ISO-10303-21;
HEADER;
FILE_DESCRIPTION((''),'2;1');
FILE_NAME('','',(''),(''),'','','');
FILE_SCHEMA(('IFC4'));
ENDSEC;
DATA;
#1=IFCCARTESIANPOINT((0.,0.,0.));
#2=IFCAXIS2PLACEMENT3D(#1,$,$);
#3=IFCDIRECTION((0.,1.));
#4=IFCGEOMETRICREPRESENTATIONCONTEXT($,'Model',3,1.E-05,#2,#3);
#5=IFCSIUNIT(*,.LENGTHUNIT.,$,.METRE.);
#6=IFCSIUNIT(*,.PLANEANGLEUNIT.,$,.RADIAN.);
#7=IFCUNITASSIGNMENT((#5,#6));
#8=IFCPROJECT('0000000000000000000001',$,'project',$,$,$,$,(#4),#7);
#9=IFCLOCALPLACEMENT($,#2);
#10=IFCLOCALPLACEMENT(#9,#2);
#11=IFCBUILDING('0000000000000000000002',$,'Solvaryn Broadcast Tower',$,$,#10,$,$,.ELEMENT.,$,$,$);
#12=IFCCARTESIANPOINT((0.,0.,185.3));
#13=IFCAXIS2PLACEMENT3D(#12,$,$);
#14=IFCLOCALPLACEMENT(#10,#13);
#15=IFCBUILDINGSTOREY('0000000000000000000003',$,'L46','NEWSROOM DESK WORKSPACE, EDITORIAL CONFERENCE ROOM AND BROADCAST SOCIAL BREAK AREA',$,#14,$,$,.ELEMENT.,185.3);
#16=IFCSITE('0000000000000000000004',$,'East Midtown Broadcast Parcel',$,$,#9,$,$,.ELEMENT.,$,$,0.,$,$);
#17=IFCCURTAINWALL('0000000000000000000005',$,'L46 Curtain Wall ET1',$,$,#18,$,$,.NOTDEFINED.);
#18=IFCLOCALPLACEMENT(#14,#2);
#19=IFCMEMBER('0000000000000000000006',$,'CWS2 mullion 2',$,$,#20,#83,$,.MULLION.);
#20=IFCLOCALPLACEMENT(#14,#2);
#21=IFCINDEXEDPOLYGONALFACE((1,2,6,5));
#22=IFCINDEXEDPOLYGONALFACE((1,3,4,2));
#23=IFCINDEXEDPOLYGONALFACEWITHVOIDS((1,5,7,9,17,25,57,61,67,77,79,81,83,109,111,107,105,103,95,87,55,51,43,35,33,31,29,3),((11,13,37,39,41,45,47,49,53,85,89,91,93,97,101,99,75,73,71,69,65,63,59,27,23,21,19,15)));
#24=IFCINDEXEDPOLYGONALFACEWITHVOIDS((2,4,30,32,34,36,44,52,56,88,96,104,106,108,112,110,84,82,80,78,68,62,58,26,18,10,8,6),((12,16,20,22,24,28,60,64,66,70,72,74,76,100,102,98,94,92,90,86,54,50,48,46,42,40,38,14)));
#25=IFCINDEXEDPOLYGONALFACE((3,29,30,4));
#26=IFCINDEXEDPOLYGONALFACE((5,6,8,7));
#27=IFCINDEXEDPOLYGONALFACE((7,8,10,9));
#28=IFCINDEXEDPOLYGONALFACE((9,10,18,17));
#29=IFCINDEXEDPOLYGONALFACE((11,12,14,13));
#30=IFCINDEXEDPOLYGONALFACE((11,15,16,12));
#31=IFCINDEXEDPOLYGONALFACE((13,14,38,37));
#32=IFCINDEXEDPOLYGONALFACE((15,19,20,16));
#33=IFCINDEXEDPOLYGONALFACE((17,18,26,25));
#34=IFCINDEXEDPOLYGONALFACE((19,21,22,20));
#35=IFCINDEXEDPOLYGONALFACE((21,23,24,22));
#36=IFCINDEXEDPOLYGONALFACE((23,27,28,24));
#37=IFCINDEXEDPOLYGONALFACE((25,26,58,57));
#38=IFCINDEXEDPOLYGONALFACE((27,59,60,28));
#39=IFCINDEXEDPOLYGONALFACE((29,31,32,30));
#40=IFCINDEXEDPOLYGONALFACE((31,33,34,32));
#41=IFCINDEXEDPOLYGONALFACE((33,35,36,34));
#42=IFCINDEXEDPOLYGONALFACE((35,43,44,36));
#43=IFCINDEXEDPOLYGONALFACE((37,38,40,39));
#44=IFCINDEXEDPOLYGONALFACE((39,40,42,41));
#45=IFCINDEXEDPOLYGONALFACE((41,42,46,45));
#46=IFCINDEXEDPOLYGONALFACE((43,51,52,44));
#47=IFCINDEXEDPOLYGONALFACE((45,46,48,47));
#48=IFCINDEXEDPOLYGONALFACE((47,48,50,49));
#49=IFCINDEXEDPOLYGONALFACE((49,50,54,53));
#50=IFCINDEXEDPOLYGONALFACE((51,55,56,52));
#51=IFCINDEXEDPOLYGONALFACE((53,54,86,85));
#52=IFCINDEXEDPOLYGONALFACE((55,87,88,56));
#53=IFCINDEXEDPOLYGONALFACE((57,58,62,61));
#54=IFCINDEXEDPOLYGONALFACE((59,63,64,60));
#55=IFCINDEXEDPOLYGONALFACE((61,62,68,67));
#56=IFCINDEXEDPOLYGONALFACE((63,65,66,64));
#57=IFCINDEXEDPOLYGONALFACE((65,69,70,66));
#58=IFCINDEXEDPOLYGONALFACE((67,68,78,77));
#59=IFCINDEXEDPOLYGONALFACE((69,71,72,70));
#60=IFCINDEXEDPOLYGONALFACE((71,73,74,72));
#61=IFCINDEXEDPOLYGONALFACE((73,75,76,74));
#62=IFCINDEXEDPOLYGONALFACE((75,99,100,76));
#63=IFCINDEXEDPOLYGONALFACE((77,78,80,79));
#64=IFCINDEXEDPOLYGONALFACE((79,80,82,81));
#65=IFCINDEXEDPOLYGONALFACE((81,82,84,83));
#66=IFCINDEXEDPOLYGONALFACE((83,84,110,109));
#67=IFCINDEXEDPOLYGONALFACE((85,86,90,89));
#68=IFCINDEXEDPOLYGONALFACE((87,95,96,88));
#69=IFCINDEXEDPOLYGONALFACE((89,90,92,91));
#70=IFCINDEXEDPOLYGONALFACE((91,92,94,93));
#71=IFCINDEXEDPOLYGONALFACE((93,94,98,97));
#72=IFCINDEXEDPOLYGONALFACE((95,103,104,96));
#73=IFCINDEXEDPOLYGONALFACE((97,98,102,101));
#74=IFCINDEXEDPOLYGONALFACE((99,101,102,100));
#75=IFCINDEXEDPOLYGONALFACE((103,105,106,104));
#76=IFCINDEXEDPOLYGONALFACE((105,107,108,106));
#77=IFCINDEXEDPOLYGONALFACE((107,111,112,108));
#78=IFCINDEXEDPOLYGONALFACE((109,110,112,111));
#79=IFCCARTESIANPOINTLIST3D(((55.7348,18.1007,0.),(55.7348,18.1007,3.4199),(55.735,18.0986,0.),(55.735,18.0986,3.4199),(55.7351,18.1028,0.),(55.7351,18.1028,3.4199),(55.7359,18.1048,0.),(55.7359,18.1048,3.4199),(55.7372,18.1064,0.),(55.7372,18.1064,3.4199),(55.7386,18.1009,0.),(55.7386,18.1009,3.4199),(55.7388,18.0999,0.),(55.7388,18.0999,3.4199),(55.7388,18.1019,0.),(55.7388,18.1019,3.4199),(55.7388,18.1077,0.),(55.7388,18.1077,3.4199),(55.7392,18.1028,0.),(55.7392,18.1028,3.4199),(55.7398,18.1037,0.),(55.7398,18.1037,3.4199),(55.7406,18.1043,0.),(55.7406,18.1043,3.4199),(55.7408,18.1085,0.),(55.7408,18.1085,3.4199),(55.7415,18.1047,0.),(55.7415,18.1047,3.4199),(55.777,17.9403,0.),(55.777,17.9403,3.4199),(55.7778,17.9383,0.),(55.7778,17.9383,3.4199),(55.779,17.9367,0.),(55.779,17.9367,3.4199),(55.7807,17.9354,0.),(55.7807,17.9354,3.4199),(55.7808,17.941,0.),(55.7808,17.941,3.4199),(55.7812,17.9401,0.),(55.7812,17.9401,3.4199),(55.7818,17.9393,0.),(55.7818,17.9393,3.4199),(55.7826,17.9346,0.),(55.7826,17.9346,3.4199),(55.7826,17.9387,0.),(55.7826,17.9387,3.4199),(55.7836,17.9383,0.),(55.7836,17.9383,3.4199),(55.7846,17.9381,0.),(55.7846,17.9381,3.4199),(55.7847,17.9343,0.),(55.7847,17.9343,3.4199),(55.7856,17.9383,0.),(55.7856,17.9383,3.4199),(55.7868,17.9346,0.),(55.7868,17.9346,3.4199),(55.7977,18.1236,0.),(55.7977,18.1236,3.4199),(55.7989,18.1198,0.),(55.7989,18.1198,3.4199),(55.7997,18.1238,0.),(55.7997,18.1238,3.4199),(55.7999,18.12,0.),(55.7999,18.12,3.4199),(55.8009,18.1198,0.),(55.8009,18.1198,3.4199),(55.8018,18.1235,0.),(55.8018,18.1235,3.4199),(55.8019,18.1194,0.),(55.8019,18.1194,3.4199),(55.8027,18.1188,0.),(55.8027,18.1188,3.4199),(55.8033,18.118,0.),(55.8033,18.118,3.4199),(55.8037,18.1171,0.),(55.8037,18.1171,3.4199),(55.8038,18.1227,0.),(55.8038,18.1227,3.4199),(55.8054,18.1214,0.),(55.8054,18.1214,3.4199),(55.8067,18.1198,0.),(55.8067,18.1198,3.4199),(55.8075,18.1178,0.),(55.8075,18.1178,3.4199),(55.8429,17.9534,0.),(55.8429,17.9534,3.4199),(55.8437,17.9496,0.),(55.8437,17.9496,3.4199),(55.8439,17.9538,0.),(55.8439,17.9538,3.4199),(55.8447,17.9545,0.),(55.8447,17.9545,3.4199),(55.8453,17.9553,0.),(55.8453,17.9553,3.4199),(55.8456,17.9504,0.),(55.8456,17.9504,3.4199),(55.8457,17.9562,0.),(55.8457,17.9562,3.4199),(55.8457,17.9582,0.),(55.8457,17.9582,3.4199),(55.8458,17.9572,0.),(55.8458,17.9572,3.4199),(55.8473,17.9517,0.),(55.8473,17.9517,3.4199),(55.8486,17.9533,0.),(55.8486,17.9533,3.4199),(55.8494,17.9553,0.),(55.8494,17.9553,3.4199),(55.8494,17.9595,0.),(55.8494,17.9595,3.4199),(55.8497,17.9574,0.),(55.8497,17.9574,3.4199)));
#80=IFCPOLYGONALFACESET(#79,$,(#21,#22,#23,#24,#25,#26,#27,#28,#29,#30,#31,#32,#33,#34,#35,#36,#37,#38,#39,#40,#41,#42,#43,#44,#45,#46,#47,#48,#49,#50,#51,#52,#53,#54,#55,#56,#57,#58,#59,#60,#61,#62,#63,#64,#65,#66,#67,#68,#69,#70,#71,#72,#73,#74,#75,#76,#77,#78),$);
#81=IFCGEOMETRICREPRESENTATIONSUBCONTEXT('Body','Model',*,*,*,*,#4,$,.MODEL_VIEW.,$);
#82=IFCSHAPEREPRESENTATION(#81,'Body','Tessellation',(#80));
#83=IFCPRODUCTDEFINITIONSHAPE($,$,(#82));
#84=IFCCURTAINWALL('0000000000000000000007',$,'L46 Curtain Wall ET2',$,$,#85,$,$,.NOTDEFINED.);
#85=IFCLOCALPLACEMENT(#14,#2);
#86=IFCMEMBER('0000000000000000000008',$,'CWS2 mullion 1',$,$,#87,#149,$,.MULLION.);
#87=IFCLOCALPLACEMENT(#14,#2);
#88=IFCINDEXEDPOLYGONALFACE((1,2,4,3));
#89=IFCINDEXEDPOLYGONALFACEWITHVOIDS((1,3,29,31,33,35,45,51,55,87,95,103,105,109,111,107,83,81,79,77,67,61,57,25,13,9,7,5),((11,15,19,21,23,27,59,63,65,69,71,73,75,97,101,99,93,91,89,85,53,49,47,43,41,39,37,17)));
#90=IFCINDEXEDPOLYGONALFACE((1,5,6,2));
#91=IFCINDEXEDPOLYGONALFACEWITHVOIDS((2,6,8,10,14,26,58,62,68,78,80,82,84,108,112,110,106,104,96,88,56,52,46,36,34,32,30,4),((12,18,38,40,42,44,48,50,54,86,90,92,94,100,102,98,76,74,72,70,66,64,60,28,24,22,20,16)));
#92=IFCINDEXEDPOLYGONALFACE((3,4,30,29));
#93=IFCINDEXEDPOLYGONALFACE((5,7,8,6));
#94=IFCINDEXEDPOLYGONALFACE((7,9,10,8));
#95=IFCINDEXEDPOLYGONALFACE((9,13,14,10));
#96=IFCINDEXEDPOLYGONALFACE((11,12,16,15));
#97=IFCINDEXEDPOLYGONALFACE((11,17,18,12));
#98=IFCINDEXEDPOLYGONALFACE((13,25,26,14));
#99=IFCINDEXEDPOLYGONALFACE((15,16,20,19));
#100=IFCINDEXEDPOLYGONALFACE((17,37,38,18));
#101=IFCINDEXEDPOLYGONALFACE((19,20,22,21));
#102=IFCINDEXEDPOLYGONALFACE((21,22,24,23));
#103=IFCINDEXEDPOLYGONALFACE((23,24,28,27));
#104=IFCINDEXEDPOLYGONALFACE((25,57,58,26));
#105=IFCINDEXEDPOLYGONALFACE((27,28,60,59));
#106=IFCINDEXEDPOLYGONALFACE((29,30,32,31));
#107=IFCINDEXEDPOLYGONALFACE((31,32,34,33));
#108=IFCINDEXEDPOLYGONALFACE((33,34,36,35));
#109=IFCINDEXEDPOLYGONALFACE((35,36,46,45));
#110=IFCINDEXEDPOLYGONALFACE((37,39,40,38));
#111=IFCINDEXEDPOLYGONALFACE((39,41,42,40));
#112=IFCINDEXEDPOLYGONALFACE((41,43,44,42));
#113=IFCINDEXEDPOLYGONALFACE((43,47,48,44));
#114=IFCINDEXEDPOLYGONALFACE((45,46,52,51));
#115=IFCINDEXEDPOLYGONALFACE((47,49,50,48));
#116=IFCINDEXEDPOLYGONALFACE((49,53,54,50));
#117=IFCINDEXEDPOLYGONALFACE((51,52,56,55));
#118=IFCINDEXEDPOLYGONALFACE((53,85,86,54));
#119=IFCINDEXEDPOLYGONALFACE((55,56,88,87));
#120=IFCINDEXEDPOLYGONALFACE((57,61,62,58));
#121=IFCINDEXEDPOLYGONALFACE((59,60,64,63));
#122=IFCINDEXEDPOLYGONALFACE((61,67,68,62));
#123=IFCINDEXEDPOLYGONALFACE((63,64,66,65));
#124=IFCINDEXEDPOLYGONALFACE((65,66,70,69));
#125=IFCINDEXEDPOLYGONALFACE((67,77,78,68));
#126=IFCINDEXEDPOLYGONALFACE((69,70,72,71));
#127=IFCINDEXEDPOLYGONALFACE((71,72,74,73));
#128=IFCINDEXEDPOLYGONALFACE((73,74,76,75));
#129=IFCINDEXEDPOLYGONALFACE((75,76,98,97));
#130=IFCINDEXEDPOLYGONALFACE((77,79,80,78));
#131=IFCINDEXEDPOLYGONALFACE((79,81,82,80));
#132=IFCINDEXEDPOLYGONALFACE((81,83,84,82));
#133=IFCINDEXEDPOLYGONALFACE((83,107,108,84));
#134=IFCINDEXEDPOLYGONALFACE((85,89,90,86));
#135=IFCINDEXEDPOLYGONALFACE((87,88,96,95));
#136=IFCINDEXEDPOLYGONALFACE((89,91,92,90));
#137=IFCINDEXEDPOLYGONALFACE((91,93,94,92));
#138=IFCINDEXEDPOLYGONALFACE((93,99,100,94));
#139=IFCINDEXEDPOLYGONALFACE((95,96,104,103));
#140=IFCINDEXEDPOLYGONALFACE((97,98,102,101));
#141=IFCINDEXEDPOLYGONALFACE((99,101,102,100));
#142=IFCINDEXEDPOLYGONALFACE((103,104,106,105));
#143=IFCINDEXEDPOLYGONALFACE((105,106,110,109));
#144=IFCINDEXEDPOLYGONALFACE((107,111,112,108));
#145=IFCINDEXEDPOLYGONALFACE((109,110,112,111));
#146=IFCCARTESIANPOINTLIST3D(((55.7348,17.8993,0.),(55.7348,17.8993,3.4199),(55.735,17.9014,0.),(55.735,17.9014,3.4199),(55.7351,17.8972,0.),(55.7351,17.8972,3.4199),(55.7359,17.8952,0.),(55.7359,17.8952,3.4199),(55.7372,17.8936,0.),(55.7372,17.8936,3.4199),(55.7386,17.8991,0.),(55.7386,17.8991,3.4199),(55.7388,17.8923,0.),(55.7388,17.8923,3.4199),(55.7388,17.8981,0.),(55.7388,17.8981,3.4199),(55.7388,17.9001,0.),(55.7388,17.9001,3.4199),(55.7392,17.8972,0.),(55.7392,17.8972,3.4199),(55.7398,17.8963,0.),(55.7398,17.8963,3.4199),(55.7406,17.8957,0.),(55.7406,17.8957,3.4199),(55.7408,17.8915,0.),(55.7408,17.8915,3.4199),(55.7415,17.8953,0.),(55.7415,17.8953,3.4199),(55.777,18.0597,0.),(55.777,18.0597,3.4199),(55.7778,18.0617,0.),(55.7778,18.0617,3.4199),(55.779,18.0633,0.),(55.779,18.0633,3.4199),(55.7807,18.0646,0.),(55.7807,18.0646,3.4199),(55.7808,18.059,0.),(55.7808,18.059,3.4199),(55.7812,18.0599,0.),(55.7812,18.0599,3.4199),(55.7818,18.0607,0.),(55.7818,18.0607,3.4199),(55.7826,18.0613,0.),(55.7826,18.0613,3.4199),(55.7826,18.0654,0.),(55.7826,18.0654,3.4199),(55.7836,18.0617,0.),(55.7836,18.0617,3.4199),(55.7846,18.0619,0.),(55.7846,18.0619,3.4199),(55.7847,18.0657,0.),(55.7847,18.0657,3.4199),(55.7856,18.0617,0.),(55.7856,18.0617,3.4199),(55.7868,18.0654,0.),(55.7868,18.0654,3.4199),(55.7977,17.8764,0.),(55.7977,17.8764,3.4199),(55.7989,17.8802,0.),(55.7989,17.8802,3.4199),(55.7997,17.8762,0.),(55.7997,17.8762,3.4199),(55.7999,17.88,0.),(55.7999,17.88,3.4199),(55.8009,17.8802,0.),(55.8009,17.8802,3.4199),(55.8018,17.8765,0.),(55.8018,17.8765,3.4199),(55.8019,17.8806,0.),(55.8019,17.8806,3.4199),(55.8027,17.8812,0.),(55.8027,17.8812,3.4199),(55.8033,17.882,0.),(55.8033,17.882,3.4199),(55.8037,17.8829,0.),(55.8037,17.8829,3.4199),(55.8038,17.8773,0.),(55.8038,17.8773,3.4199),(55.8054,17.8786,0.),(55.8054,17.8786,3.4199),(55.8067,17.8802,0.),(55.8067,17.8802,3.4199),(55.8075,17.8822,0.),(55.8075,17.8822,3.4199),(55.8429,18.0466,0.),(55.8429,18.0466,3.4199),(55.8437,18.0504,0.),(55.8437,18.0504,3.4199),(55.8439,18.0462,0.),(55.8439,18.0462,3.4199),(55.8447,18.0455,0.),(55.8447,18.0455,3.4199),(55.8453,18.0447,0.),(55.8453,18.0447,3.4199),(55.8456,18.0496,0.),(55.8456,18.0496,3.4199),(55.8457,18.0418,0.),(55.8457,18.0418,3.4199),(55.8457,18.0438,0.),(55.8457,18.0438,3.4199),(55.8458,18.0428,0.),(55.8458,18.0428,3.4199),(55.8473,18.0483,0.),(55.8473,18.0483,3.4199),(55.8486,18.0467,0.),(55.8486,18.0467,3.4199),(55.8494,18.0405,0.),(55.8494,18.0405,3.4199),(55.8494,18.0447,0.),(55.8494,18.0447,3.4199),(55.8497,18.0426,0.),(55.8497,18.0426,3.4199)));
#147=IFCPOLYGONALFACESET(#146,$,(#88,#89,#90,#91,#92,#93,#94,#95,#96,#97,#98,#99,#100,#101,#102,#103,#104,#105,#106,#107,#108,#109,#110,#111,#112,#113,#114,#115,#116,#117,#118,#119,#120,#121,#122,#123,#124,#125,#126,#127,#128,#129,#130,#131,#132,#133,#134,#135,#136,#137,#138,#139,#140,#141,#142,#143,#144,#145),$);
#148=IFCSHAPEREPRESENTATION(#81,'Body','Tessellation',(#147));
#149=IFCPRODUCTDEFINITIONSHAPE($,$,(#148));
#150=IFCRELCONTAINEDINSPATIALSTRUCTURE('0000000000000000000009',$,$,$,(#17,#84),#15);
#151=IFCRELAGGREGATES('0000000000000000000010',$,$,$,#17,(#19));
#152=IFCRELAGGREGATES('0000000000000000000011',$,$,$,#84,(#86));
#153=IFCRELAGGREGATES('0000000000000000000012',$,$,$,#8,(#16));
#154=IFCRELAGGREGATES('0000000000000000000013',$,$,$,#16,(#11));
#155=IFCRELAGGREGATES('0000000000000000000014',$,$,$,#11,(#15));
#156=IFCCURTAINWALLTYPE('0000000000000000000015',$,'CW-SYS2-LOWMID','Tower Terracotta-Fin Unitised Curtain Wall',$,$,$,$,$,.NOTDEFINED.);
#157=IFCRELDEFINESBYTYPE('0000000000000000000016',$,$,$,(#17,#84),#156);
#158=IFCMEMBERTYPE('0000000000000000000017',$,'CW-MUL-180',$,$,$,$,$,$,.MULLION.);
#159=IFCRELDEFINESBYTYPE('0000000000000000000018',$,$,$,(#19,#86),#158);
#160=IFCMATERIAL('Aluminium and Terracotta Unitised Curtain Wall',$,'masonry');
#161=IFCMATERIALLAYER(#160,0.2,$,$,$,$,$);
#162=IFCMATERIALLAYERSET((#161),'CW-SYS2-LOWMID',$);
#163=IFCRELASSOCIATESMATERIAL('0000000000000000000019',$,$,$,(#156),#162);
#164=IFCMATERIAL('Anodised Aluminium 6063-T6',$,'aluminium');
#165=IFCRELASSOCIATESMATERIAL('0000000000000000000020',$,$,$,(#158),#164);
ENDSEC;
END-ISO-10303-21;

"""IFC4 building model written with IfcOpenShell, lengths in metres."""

from ifc_helpers import new_model, si_unit, direction, frame, origin, origin_2d, place, context, subcontext, project, spatial, hollow_rectangle, extrude, material, layer, layer_set, material_profile, profile_set, type_object, element, aggregate, save


model = new_model("IFC4")

# Units and contexts
model_context = context("Model", 3, precision=1e-05, world=origin(), true_north=direction((0.0, 1.0)))
body_context = subcontext(model_context, "Body", "Model", "MODEL_VIEW")
ifc_project = project(units=[si_unit("LENGTHUNIT", "METRE"), si_unit("PLANEANGLEUNIT", "RADIAN")], contexts=[model_context])

# Site, building, storey
site_placement = place(None, origin())
site = spatial("IfcSite", under=ifc_project, at=site_placement, Name="East Midtown Broadcast Parcel", CompositionType="ELEMENT", RefElevation=0.0)
building_placement = place(site_placement, origin())
building = spatial("IfcBuilding", under=site, at=building_placement, Name="Solvaryn Broadcast Tower", CompositionType="ELEMENT")
storey_placement = place(building_placement, frame((0.0, 0.0, 185.3)))
storey = spatial("IfcBuildingStorey", under=building, at=storey_placement, Name="L46", Description="NEWSROOM DESK WORKSPACE, EDITORIAL CONFERENCE ROOM AND BROADCAST SOCIAL BREAK AREA", CompositionType="ELEMENT", Elevation=185.3)

# Curtain wall, member
ifc_material_1 = material(Name="Aluminium and Terracotta Unitised Curtain Wall", Category="masonry")
ifc_layer_1 = layer(ifc_material_1, 0.2)
ifc_layer_set_1 = layer_set([ifc_layer_1], Name="CW-SYS2-LOWMID")
curtain_wall_type = type_object("IfcCurtainWallType", Name="CW-SYS2-LOWMID", Description="Tower Terracotta-Fin Unitised Curtain Wall", PredefinedType="NOTDEFINED", material=ifc_layer_set_1)
ifc_material_2 = material(Name="Anodised Aluminium 6063-T6", Category="aluminium")
ifc_material_profile_1 = material_profile(ifc_material_2, hollow_rectangle(XDim=0.075, YDim=0.1799, WallThickness=0.0039, InnerFilletRadius=0.0039, OuterFilletRadius=0.0081, at=origin_2d()))
ifc_profile_set_1 = profile_set([ifc_material_profile_1], Name="Anodised Aluminium 6063-T6")
member_type_1 = type_object("IfcMemberType", Name="CW-MUL-180", PredefinedType="MULLION", material=ifc_profile_set_1)
curtain_wall_1_placement = place(storey_placement, origin())
curtain_wall_1 = element("IfcCurtainWall", 1, at=curtain_wall_1_placement, inside=storey, type_object=curtain_wall_type, Name="L46 Curtain Wall ET1", PredefinedType="NOTDEFINED")
member_1_placement = place(storey_placement, frame((55.7922, 18.0291, 0.0), z_axis=(0.0, 0.0, 1.0), x_axis=(0.966705, 0.255893, 0.0)))
member_1 = element("IfcMember", 2, at=member_1_placement, type_object=member_type_1, Name="CWS2 mullion 2", PredefinedType="MULLION", context=body_context, shape_type="SweptSolid", body=[
    extrude(hollow_rectangle(XDim=0.075, YDim=0.1799, WallThickness=0.0039, InnerFilletRadius=0.0039, OuterFilletRadius=0.0081, at=origin_2d()), origin(), (0.0, 0.0, 1.0), 3.4199),
])
aggregate(curtain_wall_1, [member_1])

# Curtain wall, member
curtain_wall_2_placement = place(storey_placement, origin())
curtain_wall_2 = element("IfcCurtainWall", 3, at=curtain_wall_2_placement, inside=storey, type_object=curtain_wall_type, Name="L46 Curtain Wall ET2", PredefinedType="NOTDEFINED")
member_2_placement = place(storey_placement, frame((55.7922, 17.9709, 0.0), z_axis=(0.0, 0.0, 1.0), x_axis=(0.966705, -0.255893, 0.0)))
member_2 = element("IfcMember", 4, at=member_2_placement, type_object=member_type_1, Name="CWS2 mullion 1", PredefinedType="MULLION", context=body_context, shape_type="SweptSolid", body=[
    extrude(hollow_rectangle(XDim=0.075, YDim=0.1799, WallThickness=0.0039, InnerFilletRadius=0.0039, OuterFilletRadius=0.0081, at=origin_2d()), origin(), (0.0, 0.0, 1.0), 3.4199),
])

aggregate(curtain_wall_2, [member_2])

save(model, "model.ifc")
